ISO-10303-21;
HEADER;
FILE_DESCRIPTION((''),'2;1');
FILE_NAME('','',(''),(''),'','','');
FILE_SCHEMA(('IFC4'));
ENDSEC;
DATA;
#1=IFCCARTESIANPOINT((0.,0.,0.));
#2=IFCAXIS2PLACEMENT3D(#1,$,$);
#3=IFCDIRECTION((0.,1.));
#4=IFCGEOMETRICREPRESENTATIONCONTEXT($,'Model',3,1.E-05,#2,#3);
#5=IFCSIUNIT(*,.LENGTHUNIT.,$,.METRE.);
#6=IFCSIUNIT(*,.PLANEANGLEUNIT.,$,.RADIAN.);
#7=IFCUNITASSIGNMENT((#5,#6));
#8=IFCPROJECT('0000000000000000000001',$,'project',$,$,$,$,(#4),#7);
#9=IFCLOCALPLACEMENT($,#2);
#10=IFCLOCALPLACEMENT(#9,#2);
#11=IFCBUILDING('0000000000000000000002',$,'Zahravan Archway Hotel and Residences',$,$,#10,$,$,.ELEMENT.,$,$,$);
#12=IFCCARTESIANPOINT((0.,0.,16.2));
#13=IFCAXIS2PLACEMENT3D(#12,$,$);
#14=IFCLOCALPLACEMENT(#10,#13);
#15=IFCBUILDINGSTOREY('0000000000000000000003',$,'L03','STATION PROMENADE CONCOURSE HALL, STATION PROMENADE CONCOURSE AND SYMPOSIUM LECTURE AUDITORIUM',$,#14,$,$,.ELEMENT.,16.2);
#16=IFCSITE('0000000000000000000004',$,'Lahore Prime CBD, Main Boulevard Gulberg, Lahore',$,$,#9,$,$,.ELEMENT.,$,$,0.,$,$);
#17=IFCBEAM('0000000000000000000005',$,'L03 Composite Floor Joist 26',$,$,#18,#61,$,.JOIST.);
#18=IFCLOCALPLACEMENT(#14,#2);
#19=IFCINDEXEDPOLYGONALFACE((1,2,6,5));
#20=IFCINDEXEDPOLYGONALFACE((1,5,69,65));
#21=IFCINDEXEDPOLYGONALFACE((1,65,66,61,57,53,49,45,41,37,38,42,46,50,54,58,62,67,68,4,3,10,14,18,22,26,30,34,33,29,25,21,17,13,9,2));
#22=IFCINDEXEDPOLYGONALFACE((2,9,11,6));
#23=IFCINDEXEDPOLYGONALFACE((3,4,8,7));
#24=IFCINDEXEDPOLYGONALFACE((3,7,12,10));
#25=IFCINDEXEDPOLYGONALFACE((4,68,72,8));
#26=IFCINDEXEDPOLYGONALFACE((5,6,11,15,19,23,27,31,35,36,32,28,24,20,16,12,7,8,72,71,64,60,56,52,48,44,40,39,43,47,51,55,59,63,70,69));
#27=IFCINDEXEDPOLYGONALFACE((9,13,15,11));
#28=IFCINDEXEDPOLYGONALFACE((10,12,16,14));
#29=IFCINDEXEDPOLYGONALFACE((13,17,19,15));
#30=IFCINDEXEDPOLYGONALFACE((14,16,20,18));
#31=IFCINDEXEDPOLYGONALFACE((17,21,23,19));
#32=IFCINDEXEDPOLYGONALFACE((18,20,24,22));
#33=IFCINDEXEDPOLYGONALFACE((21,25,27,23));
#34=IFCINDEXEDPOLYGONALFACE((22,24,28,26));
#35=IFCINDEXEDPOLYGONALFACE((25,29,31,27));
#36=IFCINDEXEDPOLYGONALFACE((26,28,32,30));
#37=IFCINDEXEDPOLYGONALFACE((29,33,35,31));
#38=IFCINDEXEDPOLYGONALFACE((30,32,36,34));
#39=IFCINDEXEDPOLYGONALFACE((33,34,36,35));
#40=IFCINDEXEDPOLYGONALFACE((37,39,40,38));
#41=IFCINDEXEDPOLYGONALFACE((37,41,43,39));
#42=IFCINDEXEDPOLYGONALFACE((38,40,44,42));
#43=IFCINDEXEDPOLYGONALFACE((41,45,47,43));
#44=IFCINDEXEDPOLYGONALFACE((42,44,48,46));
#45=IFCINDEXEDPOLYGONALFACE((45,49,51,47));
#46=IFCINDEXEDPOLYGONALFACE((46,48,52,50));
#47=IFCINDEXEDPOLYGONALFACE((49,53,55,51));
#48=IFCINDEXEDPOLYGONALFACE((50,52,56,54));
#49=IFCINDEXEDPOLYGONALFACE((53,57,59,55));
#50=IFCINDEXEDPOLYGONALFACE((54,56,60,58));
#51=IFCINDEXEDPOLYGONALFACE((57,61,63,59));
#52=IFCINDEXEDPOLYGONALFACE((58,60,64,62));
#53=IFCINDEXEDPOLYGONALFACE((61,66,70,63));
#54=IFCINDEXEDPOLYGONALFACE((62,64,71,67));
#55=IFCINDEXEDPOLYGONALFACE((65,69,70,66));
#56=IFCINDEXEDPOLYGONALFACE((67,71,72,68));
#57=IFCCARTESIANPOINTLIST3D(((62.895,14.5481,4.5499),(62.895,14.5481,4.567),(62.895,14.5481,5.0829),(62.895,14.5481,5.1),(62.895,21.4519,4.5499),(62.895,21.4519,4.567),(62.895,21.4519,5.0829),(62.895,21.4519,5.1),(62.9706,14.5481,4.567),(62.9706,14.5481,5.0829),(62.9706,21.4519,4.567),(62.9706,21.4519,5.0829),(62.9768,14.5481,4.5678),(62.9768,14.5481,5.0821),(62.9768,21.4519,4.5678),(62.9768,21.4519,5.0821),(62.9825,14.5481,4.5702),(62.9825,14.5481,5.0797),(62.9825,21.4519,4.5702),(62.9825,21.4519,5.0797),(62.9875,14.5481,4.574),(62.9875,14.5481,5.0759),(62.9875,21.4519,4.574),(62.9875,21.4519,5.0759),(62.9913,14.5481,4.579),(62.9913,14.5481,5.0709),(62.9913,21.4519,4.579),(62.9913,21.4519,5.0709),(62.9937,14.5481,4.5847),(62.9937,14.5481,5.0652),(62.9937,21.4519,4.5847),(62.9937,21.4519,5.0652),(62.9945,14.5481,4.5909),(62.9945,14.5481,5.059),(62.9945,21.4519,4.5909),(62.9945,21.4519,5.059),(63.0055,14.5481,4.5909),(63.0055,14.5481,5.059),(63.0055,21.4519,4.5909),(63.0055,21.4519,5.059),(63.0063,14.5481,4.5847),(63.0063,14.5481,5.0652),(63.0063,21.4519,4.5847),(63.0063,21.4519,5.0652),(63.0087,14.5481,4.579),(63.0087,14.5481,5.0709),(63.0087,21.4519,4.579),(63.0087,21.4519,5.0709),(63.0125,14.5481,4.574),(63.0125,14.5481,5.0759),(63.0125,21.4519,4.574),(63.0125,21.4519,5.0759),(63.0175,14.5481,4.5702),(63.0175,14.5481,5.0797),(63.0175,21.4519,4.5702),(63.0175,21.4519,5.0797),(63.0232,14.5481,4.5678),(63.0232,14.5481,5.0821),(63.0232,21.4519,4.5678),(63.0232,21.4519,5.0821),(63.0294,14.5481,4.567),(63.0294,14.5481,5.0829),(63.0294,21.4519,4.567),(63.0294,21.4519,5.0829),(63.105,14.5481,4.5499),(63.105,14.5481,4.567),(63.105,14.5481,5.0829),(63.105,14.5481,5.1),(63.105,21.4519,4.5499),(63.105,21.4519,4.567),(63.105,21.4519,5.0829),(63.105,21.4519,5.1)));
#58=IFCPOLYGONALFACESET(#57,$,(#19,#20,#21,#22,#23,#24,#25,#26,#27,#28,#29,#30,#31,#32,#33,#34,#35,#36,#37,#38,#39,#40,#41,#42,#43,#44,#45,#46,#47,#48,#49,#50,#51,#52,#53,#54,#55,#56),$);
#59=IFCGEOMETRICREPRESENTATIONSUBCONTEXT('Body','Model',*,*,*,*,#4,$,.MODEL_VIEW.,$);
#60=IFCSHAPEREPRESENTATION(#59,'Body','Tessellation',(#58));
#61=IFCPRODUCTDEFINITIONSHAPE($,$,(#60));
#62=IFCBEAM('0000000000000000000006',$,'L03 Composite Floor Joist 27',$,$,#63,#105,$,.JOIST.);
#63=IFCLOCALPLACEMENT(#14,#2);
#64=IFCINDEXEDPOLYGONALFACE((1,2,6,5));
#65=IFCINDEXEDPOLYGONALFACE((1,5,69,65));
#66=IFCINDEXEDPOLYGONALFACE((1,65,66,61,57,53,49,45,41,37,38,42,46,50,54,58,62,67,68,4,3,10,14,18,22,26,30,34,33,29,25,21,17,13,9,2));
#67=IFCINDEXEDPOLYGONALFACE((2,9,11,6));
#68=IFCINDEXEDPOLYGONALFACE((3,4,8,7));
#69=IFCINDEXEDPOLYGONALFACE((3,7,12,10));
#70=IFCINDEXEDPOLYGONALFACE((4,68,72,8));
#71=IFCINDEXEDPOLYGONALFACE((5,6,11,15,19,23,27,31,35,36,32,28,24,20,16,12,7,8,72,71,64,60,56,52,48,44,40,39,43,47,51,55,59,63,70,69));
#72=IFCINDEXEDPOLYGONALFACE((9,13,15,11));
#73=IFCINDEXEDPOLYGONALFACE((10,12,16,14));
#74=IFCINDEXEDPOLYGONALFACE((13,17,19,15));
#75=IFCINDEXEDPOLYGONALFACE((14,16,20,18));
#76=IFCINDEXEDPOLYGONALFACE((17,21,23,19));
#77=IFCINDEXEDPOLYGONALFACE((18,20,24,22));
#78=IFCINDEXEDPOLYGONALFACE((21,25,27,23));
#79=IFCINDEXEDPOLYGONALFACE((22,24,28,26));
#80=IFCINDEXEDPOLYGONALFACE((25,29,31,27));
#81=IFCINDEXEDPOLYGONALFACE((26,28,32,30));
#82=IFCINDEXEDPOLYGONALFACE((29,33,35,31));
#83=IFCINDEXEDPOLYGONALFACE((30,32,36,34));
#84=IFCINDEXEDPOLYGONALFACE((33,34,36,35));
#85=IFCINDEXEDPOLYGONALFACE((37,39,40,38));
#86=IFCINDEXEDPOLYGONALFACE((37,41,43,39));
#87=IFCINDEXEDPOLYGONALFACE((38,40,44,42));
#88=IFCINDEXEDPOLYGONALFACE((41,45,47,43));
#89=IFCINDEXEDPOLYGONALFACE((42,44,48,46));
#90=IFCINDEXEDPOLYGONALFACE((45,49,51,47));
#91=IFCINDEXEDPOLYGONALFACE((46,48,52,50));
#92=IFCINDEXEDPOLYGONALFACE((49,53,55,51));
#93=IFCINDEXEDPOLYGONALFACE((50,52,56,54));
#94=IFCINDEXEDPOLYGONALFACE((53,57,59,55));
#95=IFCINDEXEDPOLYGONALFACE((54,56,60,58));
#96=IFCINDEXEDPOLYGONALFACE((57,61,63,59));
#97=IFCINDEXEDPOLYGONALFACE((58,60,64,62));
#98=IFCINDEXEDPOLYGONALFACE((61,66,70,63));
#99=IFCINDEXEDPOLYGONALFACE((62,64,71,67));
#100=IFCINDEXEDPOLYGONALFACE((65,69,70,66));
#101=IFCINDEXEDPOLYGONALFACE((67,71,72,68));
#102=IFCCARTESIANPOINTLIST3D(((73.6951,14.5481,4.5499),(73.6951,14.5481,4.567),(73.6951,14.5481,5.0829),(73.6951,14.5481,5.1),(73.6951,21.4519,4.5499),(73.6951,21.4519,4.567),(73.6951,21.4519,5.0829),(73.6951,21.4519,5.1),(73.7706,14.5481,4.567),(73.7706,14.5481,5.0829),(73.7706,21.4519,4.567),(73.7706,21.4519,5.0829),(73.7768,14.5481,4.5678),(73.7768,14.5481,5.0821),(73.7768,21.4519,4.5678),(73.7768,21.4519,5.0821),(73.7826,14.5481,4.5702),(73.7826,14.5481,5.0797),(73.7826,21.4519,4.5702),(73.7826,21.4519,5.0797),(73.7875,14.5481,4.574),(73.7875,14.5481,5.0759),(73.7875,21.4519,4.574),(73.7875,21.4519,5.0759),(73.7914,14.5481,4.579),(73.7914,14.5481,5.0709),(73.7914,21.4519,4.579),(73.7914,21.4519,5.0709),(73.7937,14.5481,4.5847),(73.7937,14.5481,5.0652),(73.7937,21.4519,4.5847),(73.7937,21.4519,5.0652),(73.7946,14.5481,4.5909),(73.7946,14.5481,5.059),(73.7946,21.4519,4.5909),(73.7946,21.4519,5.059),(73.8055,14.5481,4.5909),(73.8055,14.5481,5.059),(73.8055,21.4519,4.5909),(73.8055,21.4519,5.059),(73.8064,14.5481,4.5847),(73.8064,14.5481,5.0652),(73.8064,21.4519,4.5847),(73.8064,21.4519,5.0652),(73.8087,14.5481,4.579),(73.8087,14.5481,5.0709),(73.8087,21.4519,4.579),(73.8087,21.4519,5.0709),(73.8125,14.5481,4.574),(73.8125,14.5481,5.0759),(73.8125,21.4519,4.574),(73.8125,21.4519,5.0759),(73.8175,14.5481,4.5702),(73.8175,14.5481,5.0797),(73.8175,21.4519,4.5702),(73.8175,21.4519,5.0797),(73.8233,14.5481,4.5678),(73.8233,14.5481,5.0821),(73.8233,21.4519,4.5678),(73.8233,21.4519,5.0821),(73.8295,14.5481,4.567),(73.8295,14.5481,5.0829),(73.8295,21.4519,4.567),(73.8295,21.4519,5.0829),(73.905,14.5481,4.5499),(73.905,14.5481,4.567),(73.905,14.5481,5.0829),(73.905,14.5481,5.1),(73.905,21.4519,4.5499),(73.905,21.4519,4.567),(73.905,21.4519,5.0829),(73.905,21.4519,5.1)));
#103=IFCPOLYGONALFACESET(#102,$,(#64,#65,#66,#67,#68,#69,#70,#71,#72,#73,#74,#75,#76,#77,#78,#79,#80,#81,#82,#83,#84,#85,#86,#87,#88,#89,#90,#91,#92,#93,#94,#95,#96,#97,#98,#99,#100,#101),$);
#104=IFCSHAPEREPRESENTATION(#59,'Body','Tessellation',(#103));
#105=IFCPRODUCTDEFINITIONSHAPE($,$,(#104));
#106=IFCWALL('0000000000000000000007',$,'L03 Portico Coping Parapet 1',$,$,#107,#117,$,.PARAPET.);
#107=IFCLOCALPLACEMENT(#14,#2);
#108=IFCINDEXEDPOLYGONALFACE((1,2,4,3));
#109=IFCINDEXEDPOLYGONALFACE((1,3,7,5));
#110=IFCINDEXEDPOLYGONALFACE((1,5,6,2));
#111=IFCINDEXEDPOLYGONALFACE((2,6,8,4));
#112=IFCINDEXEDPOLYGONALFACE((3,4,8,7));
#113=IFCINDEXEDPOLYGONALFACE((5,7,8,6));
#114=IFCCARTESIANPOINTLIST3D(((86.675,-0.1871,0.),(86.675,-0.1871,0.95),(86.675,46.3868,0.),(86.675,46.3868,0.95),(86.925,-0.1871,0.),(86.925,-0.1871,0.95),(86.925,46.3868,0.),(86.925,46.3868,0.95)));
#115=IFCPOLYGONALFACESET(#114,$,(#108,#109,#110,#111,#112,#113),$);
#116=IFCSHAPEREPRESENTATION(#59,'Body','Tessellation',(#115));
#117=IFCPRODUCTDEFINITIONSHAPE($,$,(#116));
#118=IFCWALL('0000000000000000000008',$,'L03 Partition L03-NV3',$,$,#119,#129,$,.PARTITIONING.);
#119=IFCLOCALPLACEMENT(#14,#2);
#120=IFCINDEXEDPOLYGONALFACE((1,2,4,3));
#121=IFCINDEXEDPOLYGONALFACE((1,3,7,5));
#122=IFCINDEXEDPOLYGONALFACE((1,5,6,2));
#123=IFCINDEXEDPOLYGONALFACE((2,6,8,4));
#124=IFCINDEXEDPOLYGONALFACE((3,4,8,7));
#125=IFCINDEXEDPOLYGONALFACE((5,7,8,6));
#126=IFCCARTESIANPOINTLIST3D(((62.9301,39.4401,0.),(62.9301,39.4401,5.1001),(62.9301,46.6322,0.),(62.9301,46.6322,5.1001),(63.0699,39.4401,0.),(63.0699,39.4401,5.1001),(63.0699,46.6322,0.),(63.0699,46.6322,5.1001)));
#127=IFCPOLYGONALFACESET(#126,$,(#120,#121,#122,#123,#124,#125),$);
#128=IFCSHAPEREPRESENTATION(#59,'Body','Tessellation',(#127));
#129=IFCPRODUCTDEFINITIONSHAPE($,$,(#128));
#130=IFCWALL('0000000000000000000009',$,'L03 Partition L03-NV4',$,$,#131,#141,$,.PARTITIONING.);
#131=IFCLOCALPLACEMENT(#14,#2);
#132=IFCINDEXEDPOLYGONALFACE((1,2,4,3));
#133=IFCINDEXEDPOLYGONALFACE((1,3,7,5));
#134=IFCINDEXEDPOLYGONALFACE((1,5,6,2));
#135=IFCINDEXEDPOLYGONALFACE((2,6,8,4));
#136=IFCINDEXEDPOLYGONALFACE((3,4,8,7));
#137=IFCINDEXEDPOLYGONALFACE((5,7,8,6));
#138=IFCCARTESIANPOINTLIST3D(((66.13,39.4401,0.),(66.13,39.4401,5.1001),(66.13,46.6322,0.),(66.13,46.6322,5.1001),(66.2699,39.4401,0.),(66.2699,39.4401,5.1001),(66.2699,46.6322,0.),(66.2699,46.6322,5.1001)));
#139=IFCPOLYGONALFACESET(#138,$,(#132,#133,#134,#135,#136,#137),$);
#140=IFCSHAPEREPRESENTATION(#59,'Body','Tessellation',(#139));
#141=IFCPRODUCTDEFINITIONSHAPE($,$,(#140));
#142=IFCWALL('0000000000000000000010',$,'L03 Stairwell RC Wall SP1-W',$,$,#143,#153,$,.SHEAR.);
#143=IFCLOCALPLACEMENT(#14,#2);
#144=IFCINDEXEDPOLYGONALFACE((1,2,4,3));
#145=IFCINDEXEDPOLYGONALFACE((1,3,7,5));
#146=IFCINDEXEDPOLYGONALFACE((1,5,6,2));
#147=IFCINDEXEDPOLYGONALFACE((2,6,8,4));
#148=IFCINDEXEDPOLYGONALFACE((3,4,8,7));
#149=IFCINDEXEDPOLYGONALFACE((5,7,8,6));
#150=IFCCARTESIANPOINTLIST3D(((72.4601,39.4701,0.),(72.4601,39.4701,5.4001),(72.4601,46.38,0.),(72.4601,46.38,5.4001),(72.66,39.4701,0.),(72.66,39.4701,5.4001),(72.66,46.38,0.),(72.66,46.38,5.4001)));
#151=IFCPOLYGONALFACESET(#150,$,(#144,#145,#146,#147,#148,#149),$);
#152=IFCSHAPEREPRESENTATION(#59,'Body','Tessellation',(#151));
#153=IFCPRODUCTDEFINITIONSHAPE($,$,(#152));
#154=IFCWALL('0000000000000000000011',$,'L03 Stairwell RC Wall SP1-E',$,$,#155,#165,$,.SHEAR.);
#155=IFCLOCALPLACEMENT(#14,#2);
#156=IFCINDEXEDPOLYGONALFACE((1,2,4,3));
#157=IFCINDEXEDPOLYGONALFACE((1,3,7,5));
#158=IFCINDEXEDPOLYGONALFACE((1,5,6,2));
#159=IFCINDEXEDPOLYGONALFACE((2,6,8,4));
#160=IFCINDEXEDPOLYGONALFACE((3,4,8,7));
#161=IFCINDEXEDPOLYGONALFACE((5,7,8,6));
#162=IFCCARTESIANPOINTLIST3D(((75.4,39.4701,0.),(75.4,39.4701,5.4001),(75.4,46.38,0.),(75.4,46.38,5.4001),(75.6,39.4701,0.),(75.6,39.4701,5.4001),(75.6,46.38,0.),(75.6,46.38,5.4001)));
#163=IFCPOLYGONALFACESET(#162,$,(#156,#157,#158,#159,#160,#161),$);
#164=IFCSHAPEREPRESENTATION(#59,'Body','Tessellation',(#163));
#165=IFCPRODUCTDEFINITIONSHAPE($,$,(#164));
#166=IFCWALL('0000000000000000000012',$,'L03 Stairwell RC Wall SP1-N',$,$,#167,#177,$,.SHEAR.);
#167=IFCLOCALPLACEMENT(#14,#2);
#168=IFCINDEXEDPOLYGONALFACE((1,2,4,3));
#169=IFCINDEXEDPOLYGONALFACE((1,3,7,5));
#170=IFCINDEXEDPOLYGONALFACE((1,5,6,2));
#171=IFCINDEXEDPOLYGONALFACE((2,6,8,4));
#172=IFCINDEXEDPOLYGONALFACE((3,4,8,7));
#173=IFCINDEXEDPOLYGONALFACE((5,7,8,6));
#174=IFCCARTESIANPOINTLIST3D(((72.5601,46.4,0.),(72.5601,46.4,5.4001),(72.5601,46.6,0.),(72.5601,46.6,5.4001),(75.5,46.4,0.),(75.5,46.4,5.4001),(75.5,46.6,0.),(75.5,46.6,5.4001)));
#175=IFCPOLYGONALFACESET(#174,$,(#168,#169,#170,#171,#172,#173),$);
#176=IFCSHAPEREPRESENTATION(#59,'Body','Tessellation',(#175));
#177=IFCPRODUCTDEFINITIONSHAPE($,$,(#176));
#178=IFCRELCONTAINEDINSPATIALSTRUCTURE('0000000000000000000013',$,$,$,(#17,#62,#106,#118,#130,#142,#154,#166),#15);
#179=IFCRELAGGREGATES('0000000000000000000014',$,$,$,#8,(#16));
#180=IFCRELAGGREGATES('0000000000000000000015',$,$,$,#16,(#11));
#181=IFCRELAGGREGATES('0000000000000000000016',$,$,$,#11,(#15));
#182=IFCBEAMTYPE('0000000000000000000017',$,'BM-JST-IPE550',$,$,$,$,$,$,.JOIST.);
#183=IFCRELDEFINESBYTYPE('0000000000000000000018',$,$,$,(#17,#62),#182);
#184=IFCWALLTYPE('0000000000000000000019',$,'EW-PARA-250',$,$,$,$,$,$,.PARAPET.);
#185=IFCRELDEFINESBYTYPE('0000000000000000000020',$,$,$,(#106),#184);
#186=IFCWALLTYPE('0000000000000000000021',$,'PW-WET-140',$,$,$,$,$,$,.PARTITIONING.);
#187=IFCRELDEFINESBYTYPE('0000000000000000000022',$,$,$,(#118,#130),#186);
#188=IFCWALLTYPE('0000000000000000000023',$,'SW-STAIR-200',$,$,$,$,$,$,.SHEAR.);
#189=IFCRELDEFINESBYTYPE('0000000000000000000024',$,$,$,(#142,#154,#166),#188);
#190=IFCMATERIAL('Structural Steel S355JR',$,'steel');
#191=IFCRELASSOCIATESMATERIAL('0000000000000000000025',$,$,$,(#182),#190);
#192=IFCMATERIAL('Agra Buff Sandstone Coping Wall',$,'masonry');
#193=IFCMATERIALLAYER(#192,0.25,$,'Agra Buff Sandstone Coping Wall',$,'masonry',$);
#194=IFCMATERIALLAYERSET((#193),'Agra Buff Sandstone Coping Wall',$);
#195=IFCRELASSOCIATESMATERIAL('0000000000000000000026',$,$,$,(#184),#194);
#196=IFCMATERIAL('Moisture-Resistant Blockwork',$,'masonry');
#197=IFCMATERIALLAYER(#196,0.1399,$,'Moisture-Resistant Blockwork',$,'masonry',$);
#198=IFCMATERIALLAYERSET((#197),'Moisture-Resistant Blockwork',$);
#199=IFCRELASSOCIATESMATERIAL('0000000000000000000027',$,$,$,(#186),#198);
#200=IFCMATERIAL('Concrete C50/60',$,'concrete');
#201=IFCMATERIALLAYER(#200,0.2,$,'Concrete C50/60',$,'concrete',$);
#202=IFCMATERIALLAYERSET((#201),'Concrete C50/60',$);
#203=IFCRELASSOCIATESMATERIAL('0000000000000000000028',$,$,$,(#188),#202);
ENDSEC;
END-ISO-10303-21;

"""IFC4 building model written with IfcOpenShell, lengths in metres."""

from ifc_helpers import new_model, si_unit, direction, frame, frame_2d, origin, origin_2d, place, context, subcontext, project, spatial, rectangle, i_section, extrude, source, transform, mapped, material, layer, layer_set, material_profile, profile_set, type_object, element, save


model = new_model("IFC4")

# Units and contexts
model_context = context("Model", 3, precision=1e-05, world=origin(), true_north=direction((0.0, 1.0)))
body_context = subcontext(model_context, "Body", "Model", "MODEL_VIEW")
ifc_project = project(units=[si_unit("LENGTHUNIT", "METRE"), si_unit("PLANEANGLEUNIT", "RADIAN")], contexts=[model_context])

# Site, building, storey
site_placement = place(None, origin())
site = spatial("IfcSite", under=ifc_project, at=site_placement, Name="Lahore Prime CBD, Main Boulevard Gulberg, Lahore", CompositionType="ELEMENT", RefElevation=0.0)
building_placement = place(site_placement, origin())
building = spatial("IfcBuilding", under=site, at=building_placement, Name="Zahravan Archway Hotel and Residences", CompositionType="ELEMENT")
storey_placement = place(building_placement, frame((0.0, 0.0, 16.2)))
storey = spatial("IfcBuildingStorey", under=building, at=storey_placement, Name="L03", Description="STATION PROMENADE CONCOURSE HALL, STATION PROMENADE CONCOURSE AND SYMPOSIUM LECTURE AUDITORIUM", CompositionType="ELEMENT", Elevation=16.2)

# Beams
ifc_material_1 = material(Name="Structural Steel S355JR", Category="steel")
ifc_material_profile_1 = material_profile(ifc_material_1, i_section(OverallWidth=0.21, OverallDepth=0.55, WebThickness=0.011, FlangeThickness=0.0171, FilletRadius=0.0239, at=origin_2d()), Name="IPE 550", Category="steel")
ifc_profile_set_1 = profile_set([ifc_material_profile_1], Name="Structural Steel S355JR")
beam_type_1 = type_object("IfcBeamType", Name="BM-JST-IPE550", PredefinedType="JOIST", material=ifc_profile_set_1)
shared_shape_1 = source(origin(), body_context, "Body", "SweptSolid", [
    extrude(i_section(OverallWidth=0.21, OverallDepth=0.55, WebThickness=0.011, FlangeThickness=0.0171, FilletRadius=0.0239, at=origin_2d()), origin(), (0.0, 0.0, 1.0), 6.9038),
])
for number, where, z_axis, x_axis, name in (
    (1, (63.0, 14.5481, 4.825), (0.0, 1.0, 0.0), (-1.0, 0.0, 0.0), "L03 Composite Floor Joist 26"),
    (2, (73.8, 14.5481, 4.825), (0.0, 1.0, 0.0), (-1.0, 0.0, 0.0), "L03 Composite Floor Joist 27"),
):
    element("IfcBeam", number, at=place(storey_placement, frame(where, z_axis=z_axis, x_axis=x_axis)), inside=storey, type_object=beam_type_1, Name=name, PredefinedType="JOIST", context=body_context, shape_type="MappedRepresentation", body=[
        mapped(shared_shape_1, transform((0.0, 0.0, 0.0), scale=1.0)),
    ])

# Walls
ifc_material_2 = material(Name="Agra Buff Sandstone Coping Wall", Category="masonry")
ifc_layer_1 = layer(ifc_material_2, 0.25, Name="Agra Buff Sandstone Coping Wall", Category="masonry")
ifc_layer_set_1 = layer_set([ifc_layer_1], Name="Agra Buff Sandstone Coping Wall")
wall_type_1 = type_object("IfcWallType", Name="EW-PARA-250", PredefinedType="PARAPET", material=ifc_layer_set_1)
wall_1_placement = place(storey_placement, frame((86.8, 46.387, 0.0), z_axis=(0.0, 0.0, 1.0), x_axis=(0.0, -1.0, 0.0)))
element("IfcWall", 3, at=wall_1_placement, inside=storey, type_object=wall_type_1, Name="L03 Portico Coping Parapet 1", PredefinedType="PARAPET", context=body_context, shape_type="SweptSolid", body=[
    extrude(rectangle(XDim=46.574, YDim=0.25, at=frame_2d((23.2871, 0.0))), origin(), (0.0, 0.0, 1.0), 0.95),
])
ifc_material_3 = material(Name="Moisture-Resistant Blockwork", Category="masonry")
ifc_layer_2 = layer(ifc_material_3, 0.1399, Name="Moisture-Resistant Blockwork", Category="masonry")
ifc_layer_set_2 = layer_set([ifc_layer_2], Name="Moisture-Resistant Blockwork")
wall_type_2 = type_object("IfcWallType", Name="PW-WET-140", PredefinedType="PARTITIONING", material=ifc_layer_set_2)
for number, where, z_axis, x_axis, name in (
    (4, (63.0, 39.4399, 0.0), (0.0, 0.0, 1.0), (0.0, 1.0, 0.0), "L03 Partition L03-NV3"),
    (5, (66.2, 39.4399, 0.0), (0.0, 0.0, 1.0), (0.0, 1.0, 0.0), "L03 Partition L03-NV4"),
):
    element("IfcWall", number, at=place(storey_placement, frame(where, z_axis=z_axis, x_axis=x_axis)), inside=storey, type_object=wall_type_2, Name=name, PredefinedType="PARTITIONING", context=body_context, shape_type="SweptSolid", body=[
        extrude(rectangle(XDim=7.1921, YDim=0.1399, at=frame_2d((3.5962, 0.0))), origin(), (0.0, 0.0, 1.0), 5.1001),
    ])
ifc_material_4 = material(Name="Concrete C50/60", Category="concrete")
ifc_layer_3 = layer(ifc_material_4, 0.2, Name="Concrete C50/60", Category="concrete")
ifc_layer_set_3 = layer_set([ifc_layer_3], Name="Concrete C50/60")
wall_type_3 = type_object("IfcWallType", Name="SW-STAIR-200", PredefinedType="SHEAR", material=ifc_layer_set_3)
for number, where, z_axis, x_axis, name in (
    (6, (72.5601, 39.47, 0.0), (0.0, 0.0, 1.0), (0.0, 1.0, 0.0), "L03 Stairwell RC Wall SP1-W"),
    (7, (75.5, 39.47, 0.0), (0.0, 0.0, 1.0), (0.0, 1.0, 0.0), "L03 Stairwell RC Wall SP1-E"),
):
    element("IfcWall", number, at=place(storey_placement, frame(where, z_axis=z_axis, x_axis=x_axis)), inside=storey, type_object=wall_type_3, Name=name, PredefinedType="SHEAR", context=body_context, shape_type="SweptSolid", body=[
        extrude(rectangle(XDim=6.9099, YDim=0.2, at=frame_2d((3.4551, 0.0))), origin(), (0.0, 0.0, 1.0), 5.4001),
    ])
wall_2_placement = place(storey_placement, frame((72.5601, 46.5, 0.0), z_axis=(0.0, 0.0, 1.0), x_axis=(1.0, 0.0, 0.0)))
element("IfcWall", 8, at=wall_2_placement, inside=storey, type_object=wall_type_3, Name="L03 Stairwell RC Wall SP1-N", PredefinedType="SHEAR", context=body_context, shape_type="SweptSolid", body=[
    extrude(rectangle(XDim=2.9399, YDim=0.2, at=frame_2d((1.47, 0.0))), origin(), (0.0, 0.0, 1.0), 5.4001),
])

save(model, "model.ifc")
